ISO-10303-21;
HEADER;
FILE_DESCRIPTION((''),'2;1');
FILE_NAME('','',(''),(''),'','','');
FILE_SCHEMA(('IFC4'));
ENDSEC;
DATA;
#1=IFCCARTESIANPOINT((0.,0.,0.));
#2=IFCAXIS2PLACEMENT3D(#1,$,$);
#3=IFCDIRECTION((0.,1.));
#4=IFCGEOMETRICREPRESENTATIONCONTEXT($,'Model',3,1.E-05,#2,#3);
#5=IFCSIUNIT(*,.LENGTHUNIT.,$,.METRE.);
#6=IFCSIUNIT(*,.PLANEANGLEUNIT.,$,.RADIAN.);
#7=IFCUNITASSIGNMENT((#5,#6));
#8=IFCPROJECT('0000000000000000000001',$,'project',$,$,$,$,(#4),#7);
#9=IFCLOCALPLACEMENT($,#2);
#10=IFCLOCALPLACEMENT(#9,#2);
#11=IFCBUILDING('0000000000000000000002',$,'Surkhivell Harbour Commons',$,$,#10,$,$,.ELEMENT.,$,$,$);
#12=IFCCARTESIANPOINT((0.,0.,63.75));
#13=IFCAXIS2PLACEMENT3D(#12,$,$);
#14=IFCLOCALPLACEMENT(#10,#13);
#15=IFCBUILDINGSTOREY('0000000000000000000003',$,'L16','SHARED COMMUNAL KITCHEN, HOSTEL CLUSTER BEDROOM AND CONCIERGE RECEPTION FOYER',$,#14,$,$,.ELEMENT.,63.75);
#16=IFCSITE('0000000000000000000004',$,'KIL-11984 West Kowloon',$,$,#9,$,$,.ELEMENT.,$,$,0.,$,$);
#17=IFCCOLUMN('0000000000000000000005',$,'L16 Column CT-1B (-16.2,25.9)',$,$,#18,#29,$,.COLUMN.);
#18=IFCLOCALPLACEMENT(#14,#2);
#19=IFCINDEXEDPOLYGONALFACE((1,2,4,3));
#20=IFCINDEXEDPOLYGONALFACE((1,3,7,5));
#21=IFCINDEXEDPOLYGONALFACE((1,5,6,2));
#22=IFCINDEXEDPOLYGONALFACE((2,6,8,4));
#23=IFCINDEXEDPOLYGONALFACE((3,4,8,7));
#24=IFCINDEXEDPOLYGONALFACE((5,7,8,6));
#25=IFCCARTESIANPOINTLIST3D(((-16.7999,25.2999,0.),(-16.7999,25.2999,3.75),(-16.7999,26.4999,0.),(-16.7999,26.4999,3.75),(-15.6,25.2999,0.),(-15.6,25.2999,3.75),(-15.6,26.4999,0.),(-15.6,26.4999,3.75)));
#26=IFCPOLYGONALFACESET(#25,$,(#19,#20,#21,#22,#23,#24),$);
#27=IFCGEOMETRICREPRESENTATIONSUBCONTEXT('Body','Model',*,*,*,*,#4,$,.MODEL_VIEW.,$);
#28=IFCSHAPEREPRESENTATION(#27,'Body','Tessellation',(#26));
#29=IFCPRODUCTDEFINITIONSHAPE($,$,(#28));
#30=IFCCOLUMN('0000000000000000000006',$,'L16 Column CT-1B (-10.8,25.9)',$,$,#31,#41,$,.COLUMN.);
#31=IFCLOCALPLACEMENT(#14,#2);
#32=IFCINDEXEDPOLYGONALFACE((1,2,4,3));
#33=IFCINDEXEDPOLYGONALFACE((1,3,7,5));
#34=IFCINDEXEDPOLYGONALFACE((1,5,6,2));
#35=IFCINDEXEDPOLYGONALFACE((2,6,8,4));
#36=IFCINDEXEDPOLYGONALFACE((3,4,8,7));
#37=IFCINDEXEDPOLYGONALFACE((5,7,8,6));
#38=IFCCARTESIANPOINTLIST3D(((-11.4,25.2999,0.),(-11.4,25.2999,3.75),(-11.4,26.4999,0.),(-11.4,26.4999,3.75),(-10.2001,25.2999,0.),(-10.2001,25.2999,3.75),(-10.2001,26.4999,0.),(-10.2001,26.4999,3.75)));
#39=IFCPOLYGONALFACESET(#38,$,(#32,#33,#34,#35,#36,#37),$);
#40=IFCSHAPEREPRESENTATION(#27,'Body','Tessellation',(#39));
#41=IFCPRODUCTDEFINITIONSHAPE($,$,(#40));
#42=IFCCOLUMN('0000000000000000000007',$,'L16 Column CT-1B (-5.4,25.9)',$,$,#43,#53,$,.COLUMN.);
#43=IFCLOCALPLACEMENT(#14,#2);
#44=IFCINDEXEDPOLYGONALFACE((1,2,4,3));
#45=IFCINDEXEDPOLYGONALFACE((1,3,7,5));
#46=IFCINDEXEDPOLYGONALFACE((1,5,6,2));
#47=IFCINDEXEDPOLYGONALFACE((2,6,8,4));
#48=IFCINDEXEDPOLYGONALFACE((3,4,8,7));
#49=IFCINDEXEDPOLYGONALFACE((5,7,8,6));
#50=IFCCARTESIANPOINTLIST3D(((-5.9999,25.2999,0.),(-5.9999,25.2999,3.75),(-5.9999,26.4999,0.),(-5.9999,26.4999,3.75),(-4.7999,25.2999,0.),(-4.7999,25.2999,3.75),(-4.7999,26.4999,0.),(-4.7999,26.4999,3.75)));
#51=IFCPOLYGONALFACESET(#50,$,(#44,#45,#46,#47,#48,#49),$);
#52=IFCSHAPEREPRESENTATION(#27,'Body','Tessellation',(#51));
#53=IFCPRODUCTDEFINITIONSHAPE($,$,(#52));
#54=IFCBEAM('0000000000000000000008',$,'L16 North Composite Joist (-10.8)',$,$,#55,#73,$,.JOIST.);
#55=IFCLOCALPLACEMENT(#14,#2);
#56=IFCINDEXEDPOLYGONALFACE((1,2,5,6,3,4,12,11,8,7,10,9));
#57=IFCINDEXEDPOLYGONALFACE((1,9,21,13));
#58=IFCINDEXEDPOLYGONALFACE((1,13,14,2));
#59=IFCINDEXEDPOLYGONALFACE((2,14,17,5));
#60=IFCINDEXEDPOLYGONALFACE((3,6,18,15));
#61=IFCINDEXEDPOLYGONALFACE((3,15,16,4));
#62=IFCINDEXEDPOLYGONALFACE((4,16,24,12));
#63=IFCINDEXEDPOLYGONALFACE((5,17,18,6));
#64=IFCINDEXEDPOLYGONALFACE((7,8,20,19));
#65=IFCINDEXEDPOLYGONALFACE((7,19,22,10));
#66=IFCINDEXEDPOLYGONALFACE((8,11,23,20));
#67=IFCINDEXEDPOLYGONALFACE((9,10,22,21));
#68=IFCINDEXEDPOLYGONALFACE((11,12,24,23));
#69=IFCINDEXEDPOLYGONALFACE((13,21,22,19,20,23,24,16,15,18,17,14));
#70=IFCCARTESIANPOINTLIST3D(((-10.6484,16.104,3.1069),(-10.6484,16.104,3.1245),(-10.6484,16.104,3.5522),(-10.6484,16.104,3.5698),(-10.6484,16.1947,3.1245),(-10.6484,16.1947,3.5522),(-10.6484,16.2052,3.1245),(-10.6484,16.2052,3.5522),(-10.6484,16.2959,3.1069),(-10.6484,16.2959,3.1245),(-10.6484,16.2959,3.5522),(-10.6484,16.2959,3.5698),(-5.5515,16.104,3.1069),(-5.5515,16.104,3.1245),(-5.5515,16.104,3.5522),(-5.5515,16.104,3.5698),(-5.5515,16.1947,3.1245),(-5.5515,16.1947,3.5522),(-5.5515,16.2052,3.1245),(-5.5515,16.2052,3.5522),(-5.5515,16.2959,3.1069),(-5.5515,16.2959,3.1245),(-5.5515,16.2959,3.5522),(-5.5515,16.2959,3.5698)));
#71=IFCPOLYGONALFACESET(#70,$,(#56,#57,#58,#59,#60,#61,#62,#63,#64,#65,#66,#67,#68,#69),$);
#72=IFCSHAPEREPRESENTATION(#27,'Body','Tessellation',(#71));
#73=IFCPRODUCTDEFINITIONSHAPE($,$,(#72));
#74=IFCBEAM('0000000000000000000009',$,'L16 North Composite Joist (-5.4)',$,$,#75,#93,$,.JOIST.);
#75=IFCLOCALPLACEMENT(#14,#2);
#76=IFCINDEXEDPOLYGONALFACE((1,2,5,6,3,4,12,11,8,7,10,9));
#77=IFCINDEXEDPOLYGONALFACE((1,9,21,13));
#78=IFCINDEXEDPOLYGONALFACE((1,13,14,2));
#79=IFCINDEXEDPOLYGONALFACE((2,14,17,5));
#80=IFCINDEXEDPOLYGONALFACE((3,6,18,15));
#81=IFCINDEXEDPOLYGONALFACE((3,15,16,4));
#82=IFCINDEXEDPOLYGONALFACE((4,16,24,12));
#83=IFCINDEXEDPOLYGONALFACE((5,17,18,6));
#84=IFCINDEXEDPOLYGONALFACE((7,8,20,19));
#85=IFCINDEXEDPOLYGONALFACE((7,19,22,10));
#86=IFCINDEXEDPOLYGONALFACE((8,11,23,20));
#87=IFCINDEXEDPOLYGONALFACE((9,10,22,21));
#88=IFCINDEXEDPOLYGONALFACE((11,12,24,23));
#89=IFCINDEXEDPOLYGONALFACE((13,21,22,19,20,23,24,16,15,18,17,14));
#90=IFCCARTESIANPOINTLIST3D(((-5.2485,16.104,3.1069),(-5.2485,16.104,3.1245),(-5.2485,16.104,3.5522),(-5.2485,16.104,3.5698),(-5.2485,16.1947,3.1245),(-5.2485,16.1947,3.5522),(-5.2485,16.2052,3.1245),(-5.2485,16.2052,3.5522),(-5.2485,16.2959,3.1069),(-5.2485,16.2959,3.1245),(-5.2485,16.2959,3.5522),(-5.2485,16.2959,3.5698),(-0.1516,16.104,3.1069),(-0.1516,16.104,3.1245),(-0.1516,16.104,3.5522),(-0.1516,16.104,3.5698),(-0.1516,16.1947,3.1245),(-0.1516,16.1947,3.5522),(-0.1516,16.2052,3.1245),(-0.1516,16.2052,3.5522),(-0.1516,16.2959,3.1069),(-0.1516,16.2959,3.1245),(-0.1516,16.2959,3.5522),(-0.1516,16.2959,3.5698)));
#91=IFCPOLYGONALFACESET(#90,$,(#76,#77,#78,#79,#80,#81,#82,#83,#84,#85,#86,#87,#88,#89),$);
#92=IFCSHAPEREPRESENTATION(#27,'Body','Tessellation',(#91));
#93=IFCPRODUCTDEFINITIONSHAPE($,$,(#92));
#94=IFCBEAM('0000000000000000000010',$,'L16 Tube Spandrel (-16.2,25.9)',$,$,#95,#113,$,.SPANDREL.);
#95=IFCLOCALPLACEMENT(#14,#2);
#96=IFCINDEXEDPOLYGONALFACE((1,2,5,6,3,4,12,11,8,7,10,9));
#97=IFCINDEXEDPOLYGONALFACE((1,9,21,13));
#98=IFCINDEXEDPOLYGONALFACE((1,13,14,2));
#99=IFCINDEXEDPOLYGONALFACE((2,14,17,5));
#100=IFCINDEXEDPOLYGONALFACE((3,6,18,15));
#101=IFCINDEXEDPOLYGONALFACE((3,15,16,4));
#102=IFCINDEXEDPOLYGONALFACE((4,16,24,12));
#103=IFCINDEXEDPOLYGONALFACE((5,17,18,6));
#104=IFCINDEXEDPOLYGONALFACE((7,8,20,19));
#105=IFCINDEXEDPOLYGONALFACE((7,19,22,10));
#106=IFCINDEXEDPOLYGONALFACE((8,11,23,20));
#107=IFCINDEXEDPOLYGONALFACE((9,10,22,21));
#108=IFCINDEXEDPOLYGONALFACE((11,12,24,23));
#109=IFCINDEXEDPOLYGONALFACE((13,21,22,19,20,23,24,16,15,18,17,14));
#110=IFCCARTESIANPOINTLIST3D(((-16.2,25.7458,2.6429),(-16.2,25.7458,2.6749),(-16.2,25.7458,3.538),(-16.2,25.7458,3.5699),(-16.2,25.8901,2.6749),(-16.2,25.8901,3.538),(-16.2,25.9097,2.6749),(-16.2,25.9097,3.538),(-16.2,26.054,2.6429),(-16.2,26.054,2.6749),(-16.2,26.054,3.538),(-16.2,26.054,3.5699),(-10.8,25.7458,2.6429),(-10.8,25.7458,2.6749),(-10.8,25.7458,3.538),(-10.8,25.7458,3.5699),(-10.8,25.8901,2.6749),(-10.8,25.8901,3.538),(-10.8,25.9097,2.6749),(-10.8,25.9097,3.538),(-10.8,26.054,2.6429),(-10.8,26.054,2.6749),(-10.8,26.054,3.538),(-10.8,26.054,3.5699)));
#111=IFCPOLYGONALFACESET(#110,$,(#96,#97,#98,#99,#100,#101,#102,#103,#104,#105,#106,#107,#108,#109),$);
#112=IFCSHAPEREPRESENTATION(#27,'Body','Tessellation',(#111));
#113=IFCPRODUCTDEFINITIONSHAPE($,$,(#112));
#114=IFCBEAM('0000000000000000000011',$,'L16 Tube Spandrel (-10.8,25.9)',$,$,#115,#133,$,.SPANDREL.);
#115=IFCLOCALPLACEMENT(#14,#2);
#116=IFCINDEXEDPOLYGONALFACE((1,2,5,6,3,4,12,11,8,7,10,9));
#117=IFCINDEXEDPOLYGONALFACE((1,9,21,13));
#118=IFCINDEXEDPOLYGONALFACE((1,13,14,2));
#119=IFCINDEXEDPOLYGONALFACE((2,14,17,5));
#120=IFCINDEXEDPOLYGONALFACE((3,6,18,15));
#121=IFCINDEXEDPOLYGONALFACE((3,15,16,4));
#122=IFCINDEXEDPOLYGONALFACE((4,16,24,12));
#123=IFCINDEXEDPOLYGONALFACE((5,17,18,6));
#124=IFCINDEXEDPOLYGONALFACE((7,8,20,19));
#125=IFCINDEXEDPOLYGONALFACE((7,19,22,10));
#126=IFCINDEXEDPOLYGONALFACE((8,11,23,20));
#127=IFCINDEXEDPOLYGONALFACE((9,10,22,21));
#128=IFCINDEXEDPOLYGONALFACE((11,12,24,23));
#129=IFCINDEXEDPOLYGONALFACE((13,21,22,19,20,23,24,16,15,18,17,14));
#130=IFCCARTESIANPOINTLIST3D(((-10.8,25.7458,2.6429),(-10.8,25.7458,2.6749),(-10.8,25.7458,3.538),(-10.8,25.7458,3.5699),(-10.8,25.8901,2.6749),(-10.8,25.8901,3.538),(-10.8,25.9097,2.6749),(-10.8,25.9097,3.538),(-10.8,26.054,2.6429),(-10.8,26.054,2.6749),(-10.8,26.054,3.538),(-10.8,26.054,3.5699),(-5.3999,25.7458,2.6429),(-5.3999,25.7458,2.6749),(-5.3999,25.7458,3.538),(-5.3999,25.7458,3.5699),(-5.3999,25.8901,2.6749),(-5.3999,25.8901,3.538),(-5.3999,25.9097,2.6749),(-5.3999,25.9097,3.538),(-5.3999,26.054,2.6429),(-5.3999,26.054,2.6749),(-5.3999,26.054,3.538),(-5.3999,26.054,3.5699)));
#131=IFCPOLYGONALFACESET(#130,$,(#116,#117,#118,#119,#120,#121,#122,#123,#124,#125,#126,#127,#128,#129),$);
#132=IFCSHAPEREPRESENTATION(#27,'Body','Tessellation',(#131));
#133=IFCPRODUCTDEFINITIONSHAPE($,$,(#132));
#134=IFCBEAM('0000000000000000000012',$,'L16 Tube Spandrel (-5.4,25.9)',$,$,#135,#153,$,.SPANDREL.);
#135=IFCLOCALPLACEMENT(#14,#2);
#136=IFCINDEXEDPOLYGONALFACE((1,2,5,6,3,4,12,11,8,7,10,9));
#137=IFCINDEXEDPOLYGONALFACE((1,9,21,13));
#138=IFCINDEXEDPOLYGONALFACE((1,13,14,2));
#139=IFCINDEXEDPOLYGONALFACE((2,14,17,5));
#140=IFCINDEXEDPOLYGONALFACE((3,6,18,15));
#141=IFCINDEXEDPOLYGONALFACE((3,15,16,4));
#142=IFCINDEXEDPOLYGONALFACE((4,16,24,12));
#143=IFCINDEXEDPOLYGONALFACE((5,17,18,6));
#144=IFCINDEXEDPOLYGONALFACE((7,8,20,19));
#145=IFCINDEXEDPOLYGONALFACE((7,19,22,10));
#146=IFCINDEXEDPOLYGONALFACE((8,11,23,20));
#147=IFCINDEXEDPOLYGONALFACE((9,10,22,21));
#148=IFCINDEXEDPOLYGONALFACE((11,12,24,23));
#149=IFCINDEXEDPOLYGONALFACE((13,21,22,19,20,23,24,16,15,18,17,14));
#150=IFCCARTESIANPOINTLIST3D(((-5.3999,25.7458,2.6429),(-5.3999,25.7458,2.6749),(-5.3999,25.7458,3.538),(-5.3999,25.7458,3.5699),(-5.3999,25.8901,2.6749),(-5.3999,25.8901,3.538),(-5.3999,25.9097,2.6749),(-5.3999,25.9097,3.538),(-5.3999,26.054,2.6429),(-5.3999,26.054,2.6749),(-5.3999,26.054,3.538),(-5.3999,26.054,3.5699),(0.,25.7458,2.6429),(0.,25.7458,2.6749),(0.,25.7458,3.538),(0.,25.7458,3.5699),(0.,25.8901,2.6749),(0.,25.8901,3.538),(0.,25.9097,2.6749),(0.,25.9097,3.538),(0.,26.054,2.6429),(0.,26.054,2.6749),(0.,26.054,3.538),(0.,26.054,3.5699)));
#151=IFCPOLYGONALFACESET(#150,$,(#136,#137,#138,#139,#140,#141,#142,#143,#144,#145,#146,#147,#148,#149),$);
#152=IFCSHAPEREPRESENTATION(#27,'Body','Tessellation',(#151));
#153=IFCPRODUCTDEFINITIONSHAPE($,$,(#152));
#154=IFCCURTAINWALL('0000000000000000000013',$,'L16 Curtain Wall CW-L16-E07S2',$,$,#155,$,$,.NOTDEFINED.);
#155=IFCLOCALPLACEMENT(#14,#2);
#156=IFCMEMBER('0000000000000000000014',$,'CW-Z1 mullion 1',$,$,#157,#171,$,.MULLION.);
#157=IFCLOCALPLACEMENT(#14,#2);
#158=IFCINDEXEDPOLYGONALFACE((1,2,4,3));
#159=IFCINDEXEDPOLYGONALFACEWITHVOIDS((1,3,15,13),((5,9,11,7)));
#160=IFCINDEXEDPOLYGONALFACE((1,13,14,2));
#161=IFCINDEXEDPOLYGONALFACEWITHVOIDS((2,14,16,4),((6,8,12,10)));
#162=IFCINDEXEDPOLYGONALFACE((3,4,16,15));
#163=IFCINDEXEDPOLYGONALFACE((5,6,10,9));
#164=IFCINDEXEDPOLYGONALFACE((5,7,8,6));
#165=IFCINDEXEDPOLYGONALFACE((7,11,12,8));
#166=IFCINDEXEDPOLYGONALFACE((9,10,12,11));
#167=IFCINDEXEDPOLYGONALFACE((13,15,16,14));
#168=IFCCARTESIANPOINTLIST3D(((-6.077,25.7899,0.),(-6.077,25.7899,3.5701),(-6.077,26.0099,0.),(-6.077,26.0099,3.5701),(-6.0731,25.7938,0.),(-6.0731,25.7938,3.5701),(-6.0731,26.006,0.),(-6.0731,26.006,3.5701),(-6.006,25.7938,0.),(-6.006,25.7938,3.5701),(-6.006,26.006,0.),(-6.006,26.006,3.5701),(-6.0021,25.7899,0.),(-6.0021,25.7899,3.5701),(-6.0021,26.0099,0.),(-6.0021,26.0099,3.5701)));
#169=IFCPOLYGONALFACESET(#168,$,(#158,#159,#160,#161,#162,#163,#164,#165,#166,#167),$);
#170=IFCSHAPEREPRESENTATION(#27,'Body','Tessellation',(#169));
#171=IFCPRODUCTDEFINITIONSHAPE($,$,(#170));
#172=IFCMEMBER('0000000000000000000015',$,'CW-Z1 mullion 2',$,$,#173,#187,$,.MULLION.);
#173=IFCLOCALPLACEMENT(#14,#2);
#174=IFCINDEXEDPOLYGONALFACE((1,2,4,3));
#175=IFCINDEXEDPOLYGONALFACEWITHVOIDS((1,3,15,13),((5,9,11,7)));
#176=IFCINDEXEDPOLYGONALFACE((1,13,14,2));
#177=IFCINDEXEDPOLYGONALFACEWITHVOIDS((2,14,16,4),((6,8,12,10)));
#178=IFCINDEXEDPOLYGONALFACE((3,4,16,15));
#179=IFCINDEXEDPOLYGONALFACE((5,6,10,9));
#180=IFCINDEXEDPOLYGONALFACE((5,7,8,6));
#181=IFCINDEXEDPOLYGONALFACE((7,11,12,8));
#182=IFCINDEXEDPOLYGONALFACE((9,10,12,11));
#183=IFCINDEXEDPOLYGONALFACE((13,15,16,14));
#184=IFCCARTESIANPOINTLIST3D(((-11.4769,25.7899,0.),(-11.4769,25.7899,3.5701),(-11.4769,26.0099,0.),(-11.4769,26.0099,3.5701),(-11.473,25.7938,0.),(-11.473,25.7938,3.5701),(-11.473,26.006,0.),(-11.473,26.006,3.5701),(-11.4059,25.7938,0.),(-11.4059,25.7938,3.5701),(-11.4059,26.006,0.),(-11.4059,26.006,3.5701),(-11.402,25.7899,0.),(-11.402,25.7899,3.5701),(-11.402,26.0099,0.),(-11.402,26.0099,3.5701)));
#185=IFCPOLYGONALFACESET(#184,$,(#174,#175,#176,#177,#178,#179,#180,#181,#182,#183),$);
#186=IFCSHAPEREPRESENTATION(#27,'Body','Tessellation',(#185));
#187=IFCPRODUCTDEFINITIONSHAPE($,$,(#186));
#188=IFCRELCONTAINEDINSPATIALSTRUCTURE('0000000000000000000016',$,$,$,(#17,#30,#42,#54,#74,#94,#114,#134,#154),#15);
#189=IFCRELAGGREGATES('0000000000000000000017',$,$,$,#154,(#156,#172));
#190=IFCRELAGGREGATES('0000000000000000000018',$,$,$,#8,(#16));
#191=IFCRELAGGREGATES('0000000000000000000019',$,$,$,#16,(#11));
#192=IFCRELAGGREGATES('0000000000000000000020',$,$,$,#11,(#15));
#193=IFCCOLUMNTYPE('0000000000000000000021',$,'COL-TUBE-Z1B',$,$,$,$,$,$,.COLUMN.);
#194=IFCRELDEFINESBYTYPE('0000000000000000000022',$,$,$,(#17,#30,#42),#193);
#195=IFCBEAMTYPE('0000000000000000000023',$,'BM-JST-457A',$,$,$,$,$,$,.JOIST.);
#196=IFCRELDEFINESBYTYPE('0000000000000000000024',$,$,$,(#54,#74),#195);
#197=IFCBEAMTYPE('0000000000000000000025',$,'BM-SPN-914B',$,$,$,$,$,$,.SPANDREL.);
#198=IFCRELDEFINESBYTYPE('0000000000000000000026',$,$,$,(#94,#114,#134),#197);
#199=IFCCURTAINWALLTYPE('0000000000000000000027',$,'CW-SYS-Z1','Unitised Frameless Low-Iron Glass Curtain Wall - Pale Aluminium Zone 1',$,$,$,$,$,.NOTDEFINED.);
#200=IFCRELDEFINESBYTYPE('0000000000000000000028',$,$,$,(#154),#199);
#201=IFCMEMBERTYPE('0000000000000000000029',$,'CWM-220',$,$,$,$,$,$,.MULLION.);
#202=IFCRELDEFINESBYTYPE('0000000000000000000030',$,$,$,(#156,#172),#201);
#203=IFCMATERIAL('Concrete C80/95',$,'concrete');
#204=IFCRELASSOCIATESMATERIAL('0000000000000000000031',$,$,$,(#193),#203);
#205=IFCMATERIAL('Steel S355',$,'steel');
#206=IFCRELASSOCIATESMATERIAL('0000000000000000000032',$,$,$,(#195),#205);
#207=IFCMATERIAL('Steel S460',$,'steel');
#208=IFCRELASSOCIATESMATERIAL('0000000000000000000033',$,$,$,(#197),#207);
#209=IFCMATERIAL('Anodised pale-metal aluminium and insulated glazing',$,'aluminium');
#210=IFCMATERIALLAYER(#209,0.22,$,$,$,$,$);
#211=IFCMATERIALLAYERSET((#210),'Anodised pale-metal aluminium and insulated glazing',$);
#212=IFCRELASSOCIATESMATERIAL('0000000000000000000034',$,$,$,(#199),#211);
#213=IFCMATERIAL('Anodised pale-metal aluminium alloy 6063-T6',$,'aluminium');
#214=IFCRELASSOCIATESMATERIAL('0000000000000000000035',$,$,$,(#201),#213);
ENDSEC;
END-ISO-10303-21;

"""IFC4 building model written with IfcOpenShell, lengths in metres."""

from ifc_helpers import new_model, si_unit, direction, frame, origin, origin_2d, place, context, subcontext, project, spatial, rectangle, hollow_rectangle, i_section, extrude, material, layer, layer_set, material_profile, profile_set, type_object, element, aggregate, save


model = new_model("IFC4")

# Units and contexts
model_context = context("Model", 3, precision=1e-05, world=origin(), true_north=direction((0.0, 1.0)))
body_context = subcontext(model_context, "Body", "Model", "MODEL_VIEW")
ifc_project = project(units=[si_unit("LENGTHUNIT", "METRE"), si_unit("PLANEANGLEUNIT", "RADIAN")], contexts=[model_context])

# Site, building, storey
site_placement = place(None, origin())
site = spatial("IfcSite", under=ifc_project, at=site_placement, Name="KIL-11984 West Kowloon", CompositionType="ELEMENT", RefElevation=0.0)
building_placement = place(site_placement, origin())
building = spatial("IfcBuilding", under=site, at=building_placement, Name="Surkhivell Harbour Commons", CompositionType="ELEMENT")
storey_placement = place(building_placement, frame((0.0, 0.0, 63.75)))
storey = spatial("IfcBuildingStorey", under=building, at=storey_placement, Name="L16", Description="SHARED COMMUNAL KITCHEN, HOSTEL CLUSTER BEDROOM AND CONCIERGE RECEPTION FOYER", CompositionType="ELEMENT", Elevation=63.75)

# Columns
ifc_material_1 = material(Name="Concrete C80/95", Category="concrete")
ifc_material_profile_1 = material_profile(ifc_material_1, rectangle(XDim=1.2, YDim=1.2, at=origin_2d()), Name="RC-COL-1200x1200")
ifc_profile_set_1 = profile_set([ifc_material_profile_1], Name="Concrete C80/95")
column_type = type_object("IfcColumnType", Name="COL-TUBE-Z1B", PredefinedType="COLUMN", material=ifc_profile_set_1)
for number, where, z_axis, x_axis, name in (
    (1, (-16.2, 25.8999, 0.0), (0.0, 0.0, 1.0), (1.0, 0.0, 0.0), "L16 Column CT-1B (-16.2,25.9)"),
    (2, (-10.8, 25.8999, 0.0), (0.0, 0.0, 1.0), (1.0, 0.0, 0.0), "L16 Column CT-1B (-10.8,25.9)"),
    (3, (-5.3999, 25.8999, 0.0), (0.0, 0.0, 1.0), (1.0, 0.0, 0.0), "L16 Column CT-1B (-5.4,25.9)"),
):
    element("IfcColumn", number, at=place(storey_placement, frame(where, z_axis=z_axis, x_axis=x_axis)), inside=storey, type_object=column_type, Name=name, PredefinedType="COLUMN", context=body_context, shape_type="SweptSolid", body=[
        extrude(rectangle(XDim=1.2, YDim=1.2, at=origin_2d()), origin(), (0.0, 0.0, 1.0), 3.75),
    ])

# Beams
ifc_material_2 = material(Name="Steel S355", Category="steel")
ifc_material_profile_2 = material_profile(ifc_material_2, i_section(OverallWidth=0.1919, OverallDepth=0.4629, WebThickness=0.0105, FlangeThickness=0.0176, at=origin_2d()), Name="UB457x191x89")
ifc_profile_set_2 = profile_set([ifc_material_profile_2], Name="Steel S355")
beam_type_1 = type_object("IfcBeamType", Name="BM-JST-457A", PredefinedType="JOIST", material=ifc_profile_set_2)
for number, where, z_axis, x_axis, name in (
    (4, (-10.6484, 16.2, 3.3384), (1.0, 0.0, 0.0), (0.0, 1.0, 0.0), "L16 North Composite Joist (-10.8)"),
    (5, (-5.2485, 16.2, 3.3384), (1.0, 0.0, 0.0), (0.0, 1.0, 0.0), "L16 North Composite Joist (-5.4)"),
):
    element("IfcBeam", number, at=place(storey_placement, frame(where, z_axis=z_axis, x_axis=x_axis)), inside=storey, type_object=beam_type_1, Name=name, PredefinedType="JOIST", context=body_context, shape_type="SweptSolid", body=[
        extrude(i_section(OverallWidth=0.1919, OverallDepth=0.4629, WebThickness=0.0105, FlangeThickness=0.0176, at=origin_2d()), origin(), (0.0, 0.0, 1.0), 5.0969),
    ])
ifc_material_3 = material(Name="Steel S460", Category="steel")
ifc_material_profile_3 = material_profile(ifc_material_3, i_section(OverallWidth=0.3081, OverallDepth=0.927, WebThickness=0.0195, FlangeThickness=0.032, at=origin_2d()), Name="UB914x305x289")
ifc_profile_set_3 = profile_set([ifc_material_profile_3], Name="Steel S460")
beam_type_2 = type_object("IfcBeamType", Name="BM-SPN-914B", PredefinedType="SPANDREL", material=ifc_profile_set_3)
beam_1_placement = place(storey_placement, frame((-16.2, 25.8999, 3.1064), z_axis=(1.0, 0.0, 0.0), x_axis=(0.0, 1.0, 0.0)))
element("IfcBeam", 6, at=beam_1_placement, inside=storey, type_object=beam_type_2, Name="L16 Tube Spandrel (-16.2,25.9)", PredefinedType="SPANDREL", context=body_context, shape_type="SweptSolid", body=[
    extrude(i_section(OverallWidth=0.3081, OverallDepth=0.927, WebThickness=0.0195, FlangeThickness=0.032, at=origin_2d()), origin(), (0.0, 0.0, 1.0), 5.3999),
])
beam_2_placement = place(storey_placement, frame((-10.8, 25.8999, 3.1064), z_axis=(1.0, 0.0, 0.0), x_axis=(0.0, 1.0, 0.0)))
element("IfcBeam", 7, at=beam_2_placement, inside=storey, type_object=beam_type_2, Name="L16 Tube Spandrel (-10.8,25.9)", PredefinedType="SPANDREL", context=body_context, shape_type="SweptSolid", body=[
    extrude(i_section(OverallWidth=0.3081, OverallDepth=0.927, WebThickness=0.0195, FlangeThickness=0.032, at=origin_2d()), origin(), (0.0, 0.0, 1.0), 5.4001),
])
beam_3_placement = place(storey_placement, frame((-5.3999, 25.8999, 3.1064), z_axis=(1.0, 0.0, 0.0), x_axis=(0.0, 1.0, 0.0)))
element("IfcBeam", 8, at=beam_3_placement, inside=storey, type_object=beam_type_2, Name="L16 Tube Spandrel (-5.4,25.9)", PredefinedType="SPANDREL", context=body_context, shape_type="SweptSolid", body=[
    extrude(i_section(OverallWidth=0.3081, OverallDepth=0.927, WebThickness=0.0195, FlangeThickness=0.032, at=origin_2d()), origin(), (0.0, 0.0, 1.0), 5.3999),
])

# Curtain wall, members
ifc_material_4 = material(Name="Anodised pale-metal aluminium and insulated glazing", Category="aluminium")
ifc_layer_1 = layer(ifc_material_4, 0.22)
ifc_layer_set_1 = layer_set([ifc_layer_1], Name="Anodised pale-metal aluminium and insulated glazing")
curtain_wall_type = type_object("IfcCurtainWallType", Name="CW-SYS-Z1", Description="Unitised Frameless Low-Iron Glass Curtain Wall - Pale Aluminium Zone 1", PredefinedType="NOTDEFINED", material=ifc_layer_set_1)
curtain_wall_placement = place(storey_placement, origin())
curtain_wall = element("IfcCurtainWall", 9, at=curtain_wall_placement, inside=storey, type_object=curtain_wall_type, Name="L16 Curtain Wall CW-L16-E07S2", PredefinedType="NOTDEFINED")
ifc_material_5 = material(Name="Anodised pale-metal aluminium alloy 6063-T6", Category="aluminium")
ifc_material_profile_4 = material_profile(ifc_material_5, hollow_rectangle(XDim=0.075, YDim=0.22, WallThickness=0.0039, at=origin_2d()), Name="ALU-MULL-75x220")
ifc_profile_set_4 = profile_set([ifc_material_profile_4], Name="Anodised pale-metal aluminium alloy 6063-T6")
member_type_1 = type_object("IfcMemberType", Name="CWM-220", PredefinedType="MULLION", material=ifc_profile_set_4)
member_1_placement = place(storey_placement, frame((-6.0396, 25.8999, 0.0), z_axis=(0.0, 0.0, 1.0), x_axis=(-1.0, 0.0, 0.0)))
member_1 = element("IfcMember", 10, at=member_1_placement, type_object=member_type_1, Name="CW-Z1 mullion 1", PredefinedType="MULLION", context=body_context, shape_type="SweptSolid", body=[
    extrude(hollow_rectangle(XDim=0.075, YDim=0.22, WallThickness=0.0039, at=origin_2d()), origin(), (0.0, 0.0, 1.0), 3.5701),
])
member_2_placement = place(storey_placement, frame((-11.4395, 25.8999, 0.0), z_axis=(0.0, 0.0, 1.0), x_axis=(-1.0, 0.0, 0.0)))
member_2 = element("IfcMember", 11, at=member_2_placement, type_object=member_type_1, Name="CW-Z1 mullion 2", PredefinedType="MULLION", context=body_context, shape_type="SweptSolid", body=[
    extrude(hollow_rectangle(XDim=0.075, YDim=0.22, WallThickness=0.0039, at=origin_2d()), origin(), (0.0, 0.0, 1.0), 3.5701),
])

aggregate(curtain_wall, [member_1, member_2])

save(model, "model.ifc")
